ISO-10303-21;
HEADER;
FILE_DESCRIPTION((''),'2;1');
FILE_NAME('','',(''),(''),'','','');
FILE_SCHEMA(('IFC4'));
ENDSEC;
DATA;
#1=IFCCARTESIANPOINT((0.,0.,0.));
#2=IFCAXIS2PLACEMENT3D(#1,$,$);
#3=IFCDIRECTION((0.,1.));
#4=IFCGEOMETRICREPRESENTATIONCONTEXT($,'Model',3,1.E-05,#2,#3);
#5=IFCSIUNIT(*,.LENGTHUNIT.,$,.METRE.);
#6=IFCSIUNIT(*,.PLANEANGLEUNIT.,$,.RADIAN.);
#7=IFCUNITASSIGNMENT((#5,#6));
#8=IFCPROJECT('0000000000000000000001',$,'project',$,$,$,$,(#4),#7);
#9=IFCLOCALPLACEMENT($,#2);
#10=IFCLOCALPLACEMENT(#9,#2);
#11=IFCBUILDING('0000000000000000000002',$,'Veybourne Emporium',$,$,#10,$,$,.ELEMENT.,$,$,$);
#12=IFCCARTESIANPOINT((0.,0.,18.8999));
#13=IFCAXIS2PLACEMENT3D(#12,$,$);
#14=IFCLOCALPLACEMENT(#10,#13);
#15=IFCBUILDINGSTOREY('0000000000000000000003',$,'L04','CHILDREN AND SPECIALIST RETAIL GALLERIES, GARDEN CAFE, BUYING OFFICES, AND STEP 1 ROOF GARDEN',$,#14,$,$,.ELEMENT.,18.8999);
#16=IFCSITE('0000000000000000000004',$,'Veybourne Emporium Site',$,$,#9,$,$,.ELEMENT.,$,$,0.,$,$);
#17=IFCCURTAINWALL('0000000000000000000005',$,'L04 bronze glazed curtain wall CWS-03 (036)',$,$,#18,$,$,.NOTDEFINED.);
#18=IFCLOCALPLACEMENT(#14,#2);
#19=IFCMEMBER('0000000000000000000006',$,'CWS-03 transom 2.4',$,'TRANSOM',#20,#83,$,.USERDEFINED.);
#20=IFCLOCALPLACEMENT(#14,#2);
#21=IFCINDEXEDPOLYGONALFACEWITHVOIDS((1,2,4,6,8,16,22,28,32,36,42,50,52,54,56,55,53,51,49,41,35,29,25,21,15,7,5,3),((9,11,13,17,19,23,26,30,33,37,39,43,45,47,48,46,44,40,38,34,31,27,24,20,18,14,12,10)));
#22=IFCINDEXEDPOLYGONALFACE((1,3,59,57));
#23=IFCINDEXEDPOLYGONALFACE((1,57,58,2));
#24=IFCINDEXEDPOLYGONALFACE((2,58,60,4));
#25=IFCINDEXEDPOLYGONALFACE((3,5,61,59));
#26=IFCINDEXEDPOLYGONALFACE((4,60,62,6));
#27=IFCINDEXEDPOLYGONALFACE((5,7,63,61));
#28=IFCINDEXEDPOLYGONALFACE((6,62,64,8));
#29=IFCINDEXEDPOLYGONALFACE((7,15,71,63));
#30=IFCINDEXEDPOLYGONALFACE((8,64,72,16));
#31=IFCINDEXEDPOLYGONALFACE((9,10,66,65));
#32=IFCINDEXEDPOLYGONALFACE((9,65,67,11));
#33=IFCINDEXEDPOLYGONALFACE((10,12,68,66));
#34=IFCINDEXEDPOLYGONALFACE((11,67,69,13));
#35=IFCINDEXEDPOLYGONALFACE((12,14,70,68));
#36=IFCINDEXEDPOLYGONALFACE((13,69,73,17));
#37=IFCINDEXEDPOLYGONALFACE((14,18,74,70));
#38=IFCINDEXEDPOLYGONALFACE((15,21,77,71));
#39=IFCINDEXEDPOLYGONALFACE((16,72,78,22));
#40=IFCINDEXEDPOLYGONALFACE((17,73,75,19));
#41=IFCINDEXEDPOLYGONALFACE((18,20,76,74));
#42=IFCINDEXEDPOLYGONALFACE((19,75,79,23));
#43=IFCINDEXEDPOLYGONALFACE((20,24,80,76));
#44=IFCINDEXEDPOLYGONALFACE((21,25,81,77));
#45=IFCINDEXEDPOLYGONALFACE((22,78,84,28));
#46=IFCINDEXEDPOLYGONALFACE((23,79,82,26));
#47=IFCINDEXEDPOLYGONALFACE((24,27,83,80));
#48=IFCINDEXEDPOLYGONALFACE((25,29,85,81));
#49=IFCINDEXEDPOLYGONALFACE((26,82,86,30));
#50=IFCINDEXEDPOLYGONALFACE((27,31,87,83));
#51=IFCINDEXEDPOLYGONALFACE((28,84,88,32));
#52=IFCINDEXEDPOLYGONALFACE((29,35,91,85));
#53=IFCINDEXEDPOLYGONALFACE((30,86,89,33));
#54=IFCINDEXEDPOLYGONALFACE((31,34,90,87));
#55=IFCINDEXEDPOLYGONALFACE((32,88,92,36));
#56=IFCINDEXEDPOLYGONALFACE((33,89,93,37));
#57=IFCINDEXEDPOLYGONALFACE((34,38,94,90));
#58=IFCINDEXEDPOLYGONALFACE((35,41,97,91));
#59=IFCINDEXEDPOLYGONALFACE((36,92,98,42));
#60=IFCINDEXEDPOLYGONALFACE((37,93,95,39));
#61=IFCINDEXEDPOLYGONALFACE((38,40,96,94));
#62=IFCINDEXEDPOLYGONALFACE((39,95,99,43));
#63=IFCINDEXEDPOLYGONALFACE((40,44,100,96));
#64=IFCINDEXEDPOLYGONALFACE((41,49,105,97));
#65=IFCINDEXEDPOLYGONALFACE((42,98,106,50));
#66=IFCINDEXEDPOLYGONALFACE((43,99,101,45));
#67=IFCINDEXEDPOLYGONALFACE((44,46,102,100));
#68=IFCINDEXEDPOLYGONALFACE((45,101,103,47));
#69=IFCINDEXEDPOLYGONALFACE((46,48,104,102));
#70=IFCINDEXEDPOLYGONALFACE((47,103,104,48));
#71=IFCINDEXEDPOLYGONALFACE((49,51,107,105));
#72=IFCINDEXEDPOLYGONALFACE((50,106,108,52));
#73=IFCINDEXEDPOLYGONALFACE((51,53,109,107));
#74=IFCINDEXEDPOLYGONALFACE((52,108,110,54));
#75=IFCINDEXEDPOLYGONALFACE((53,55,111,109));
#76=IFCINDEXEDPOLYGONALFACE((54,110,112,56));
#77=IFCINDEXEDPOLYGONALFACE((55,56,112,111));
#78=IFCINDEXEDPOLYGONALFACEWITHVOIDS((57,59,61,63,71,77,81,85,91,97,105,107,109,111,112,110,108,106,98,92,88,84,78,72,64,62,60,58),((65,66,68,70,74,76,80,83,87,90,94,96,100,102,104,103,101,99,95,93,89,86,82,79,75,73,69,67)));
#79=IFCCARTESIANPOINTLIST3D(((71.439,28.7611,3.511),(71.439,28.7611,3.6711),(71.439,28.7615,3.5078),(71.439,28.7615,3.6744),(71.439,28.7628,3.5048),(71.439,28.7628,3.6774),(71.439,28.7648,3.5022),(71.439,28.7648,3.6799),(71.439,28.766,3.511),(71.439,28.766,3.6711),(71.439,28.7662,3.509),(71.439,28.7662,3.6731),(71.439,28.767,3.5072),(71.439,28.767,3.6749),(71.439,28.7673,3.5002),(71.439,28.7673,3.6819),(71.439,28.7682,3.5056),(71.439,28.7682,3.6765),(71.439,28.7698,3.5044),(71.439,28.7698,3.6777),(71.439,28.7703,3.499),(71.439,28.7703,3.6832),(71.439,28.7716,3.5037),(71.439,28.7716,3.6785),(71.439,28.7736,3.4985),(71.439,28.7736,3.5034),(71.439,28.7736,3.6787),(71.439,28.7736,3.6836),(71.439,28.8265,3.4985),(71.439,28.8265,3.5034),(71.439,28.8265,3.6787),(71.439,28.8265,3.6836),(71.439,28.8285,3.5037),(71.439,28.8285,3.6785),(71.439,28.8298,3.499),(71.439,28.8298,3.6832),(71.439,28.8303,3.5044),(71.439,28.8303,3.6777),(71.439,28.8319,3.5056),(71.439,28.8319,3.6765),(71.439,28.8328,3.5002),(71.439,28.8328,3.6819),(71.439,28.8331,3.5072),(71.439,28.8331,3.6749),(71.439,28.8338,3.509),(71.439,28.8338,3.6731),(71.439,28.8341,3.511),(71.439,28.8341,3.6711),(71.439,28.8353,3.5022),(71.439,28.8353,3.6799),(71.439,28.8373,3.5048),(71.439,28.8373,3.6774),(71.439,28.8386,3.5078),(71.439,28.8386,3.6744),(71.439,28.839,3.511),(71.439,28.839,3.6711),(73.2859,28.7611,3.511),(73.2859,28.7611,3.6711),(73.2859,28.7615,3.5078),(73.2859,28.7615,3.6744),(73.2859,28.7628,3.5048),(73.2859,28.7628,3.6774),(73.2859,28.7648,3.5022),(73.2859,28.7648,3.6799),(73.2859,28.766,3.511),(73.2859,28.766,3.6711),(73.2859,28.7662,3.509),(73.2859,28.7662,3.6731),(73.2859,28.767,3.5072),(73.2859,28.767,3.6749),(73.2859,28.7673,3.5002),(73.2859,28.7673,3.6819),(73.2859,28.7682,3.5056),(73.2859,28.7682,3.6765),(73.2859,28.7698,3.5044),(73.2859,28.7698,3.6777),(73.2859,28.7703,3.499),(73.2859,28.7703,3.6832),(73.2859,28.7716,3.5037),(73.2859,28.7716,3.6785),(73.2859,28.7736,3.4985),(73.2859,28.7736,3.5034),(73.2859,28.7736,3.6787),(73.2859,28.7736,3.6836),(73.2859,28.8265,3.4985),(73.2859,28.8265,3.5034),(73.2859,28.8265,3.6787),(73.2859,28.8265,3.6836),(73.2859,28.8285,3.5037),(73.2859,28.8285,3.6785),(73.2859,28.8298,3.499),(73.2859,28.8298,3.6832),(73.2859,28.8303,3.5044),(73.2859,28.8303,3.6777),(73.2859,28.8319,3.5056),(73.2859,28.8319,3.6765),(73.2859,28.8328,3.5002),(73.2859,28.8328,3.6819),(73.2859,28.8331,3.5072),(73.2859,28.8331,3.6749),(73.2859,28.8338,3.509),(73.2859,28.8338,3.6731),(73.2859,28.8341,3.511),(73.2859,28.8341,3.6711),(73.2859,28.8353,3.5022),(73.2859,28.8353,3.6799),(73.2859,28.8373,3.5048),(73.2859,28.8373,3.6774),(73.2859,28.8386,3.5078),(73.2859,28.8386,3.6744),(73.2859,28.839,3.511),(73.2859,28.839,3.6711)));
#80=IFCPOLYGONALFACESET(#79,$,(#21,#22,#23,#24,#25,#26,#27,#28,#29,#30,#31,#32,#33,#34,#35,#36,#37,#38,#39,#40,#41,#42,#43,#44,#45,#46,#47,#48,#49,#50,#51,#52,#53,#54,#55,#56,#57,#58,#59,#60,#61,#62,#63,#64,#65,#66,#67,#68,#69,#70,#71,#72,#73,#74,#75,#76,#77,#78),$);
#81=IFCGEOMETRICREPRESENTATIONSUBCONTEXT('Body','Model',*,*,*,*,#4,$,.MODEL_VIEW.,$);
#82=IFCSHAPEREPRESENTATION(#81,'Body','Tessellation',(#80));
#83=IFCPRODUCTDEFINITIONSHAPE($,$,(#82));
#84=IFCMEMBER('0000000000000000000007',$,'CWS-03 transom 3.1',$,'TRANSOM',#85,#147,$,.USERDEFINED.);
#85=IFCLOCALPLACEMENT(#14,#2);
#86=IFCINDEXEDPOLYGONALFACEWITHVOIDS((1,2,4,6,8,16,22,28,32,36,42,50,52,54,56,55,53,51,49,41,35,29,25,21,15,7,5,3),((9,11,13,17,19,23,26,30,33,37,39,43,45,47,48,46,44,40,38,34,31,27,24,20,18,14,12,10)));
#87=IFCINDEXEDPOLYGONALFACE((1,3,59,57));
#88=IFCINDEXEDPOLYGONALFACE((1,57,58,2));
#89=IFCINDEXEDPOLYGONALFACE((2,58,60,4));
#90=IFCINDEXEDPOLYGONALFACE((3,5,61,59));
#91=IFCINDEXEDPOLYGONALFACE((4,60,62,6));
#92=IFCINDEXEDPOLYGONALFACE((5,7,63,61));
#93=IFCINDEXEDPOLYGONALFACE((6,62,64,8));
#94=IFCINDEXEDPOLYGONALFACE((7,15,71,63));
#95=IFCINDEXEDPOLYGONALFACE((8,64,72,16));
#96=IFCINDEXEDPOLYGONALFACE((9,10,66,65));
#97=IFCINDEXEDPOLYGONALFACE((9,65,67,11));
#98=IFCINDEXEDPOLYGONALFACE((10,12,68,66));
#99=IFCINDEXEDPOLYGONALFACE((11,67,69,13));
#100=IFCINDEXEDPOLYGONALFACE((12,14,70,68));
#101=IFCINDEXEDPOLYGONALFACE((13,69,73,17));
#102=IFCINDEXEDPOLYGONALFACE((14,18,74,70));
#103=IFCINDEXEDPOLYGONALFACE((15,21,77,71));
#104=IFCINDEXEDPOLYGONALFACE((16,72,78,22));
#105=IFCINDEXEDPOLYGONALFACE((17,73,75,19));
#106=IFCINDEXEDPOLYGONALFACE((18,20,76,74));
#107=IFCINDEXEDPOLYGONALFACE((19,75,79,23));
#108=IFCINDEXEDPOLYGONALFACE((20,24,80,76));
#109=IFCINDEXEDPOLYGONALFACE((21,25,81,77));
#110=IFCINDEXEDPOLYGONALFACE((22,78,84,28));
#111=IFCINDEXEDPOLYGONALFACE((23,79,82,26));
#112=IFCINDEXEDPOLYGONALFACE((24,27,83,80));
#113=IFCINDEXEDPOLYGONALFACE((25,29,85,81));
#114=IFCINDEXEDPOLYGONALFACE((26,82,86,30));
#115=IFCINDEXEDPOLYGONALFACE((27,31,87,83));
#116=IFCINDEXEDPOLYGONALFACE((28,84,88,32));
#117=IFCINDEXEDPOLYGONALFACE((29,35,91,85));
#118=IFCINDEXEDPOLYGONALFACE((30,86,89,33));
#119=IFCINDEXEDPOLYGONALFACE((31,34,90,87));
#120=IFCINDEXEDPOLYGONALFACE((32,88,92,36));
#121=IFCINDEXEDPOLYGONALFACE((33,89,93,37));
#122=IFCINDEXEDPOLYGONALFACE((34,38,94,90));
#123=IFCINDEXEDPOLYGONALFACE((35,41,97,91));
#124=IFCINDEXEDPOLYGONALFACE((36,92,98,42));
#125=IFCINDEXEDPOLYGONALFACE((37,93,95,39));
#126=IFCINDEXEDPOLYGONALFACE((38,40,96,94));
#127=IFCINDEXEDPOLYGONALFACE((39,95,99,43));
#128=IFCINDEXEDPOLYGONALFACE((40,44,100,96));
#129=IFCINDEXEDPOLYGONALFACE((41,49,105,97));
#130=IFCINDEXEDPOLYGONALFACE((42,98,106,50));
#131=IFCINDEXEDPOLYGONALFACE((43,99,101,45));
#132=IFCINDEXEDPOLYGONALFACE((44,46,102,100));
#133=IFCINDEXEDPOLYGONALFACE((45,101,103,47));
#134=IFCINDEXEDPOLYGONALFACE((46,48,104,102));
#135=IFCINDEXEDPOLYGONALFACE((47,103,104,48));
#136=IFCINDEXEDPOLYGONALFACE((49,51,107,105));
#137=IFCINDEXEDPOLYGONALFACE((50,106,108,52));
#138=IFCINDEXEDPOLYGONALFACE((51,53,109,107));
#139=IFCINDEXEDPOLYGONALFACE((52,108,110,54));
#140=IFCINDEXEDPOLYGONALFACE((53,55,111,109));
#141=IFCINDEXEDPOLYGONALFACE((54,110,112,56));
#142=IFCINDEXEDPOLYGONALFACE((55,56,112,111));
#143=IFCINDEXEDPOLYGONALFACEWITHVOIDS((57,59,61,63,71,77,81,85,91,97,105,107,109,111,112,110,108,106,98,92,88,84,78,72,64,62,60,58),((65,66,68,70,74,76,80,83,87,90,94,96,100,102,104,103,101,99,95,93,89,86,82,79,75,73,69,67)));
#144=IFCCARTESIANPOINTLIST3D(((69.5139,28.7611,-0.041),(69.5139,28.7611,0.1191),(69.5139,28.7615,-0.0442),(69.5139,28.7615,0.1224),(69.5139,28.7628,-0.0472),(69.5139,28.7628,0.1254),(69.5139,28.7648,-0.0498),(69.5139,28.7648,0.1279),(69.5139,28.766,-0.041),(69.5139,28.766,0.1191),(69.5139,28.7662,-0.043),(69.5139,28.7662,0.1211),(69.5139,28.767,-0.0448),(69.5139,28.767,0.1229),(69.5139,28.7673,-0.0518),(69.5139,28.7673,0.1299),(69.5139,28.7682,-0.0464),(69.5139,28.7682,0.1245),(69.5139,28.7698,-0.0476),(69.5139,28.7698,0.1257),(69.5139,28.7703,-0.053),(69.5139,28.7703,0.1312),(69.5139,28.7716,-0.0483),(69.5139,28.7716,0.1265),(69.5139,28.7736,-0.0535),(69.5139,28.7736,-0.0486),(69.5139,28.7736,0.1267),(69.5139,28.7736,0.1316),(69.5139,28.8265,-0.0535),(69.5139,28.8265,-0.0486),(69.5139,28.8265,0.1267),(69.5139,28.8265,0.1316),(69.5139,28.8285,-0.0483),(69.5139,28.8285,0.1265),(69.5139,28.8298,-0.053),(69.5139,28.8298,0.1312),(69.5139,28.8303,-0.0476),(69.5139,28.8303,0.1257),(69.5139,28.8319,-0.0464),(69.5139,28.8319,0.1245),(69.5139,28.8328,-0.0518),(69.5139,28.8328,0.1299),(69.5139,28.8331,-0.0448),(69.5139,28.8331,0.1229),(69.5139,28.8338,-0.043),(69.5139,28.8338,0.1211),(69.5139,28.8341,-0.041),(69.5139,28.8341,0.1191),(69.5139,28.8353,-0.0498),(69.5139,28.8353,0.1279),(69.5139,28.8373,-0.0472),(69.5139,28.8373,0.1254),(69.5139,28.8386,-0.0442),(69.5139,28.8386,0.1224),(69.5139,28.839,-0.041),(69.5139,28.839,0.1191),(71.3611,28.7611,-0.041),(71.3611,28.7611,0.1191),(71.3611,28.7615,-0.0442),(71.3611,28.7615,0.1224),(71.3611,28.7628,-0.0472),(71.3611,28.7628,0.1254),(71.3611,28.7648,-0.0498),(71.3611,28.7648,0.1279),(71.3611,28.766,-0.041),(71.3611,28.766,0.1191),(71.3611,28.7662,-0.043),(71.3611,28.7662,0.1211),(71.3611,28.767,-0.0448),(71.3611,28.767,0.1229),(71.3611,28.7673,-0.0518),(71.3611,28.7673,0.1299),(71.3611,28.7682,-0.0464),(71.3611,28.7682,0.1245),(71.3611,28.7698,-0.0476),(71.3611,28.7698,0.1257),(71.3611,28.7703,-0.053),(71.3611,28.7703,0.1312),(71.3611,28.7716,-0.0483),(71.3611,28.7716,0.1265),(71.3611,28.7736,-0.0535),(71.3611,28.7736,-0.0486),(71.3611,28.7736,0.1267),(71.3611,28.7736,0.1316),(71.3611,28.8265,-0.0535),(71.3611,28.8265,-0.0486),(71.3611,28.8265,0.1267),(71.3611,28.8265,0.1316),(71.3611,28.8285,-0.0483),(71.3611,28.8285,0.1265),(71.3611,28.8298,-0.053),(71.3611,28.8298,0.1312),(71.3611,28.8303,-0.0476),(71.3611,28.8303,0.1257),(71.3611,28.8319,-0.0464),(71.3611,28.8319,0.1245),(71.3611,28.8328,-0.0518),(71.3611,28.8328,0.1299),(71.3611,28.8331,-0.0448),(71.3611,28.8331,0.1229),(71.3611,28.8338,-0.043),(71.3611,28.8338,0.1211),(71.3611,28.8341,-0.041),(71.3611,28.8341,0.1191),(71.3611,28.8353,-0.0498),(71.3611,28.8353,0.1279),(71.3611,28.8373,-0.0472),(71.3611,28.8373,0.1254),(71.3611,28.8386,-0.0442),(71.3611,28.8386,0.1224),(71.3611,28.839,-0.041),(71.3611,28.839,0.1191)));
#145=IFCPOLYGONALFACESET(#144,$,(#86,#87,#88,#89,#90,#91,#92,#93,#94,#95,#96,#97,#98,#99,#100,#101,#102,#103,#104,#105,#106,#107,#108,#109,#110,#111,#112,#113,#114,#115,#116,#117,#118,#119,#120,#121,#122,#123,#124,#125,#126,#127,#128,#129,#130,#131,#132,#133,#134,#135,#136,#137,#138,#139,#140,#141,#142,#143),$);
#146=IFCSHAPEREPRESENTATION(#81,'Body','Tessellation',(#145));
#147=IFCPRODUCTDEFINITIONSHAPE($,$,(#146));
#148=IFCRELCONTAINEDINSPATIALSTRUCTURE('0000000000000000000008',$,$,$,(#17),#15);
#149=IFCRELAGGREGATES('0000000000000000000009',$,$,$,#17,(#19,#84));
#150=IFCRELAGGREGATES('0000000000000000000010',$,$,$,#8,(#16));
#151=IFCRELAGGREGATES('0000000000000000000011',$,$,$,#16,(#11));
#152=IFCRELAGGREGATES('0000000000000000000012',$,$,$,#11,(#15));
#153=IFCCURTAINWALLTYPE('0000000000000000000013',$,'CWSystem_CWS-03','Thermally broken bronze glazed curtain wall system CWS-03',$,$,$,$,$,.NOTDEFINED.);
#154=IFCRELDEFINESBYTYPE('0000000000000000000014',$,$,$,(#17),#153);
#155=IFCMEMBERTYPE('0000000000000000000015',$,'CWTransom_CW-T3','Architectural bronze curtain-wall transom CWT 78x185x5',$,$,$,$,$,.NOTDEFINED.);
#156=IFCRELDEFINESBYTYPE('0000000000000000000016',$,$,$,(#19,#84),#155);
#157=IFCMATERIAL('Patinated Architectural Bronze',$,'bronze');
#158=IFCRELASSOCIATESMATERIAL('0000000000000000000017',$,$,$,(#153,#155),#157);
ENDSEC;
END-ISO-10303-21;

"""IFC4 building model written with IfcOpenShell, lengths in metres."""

from ifc_helpers import new_model, si_unit, direction, frame, origin, origin_2d, place, context, subcontext, project, spatial, hollow_rectangle, extrude, material, material_profile, profile_set, type_object, element, aggregate, save


model = new_model("IFC4")

# Units and contexts
model_context = context("Model", 3, precision=1e-05, world=origin(), true_north=direction((0.0, 1.0)))
body_context = subcontext(model_context, "Body", "Model", "MODEL_VIEW")
ifc_project = project(units=[si_unit("LENGTHUNIT", "METRE"), si_unit("PLANEANGLEUNIT", "RADIAN")], contexts=[model_context])

# Site, building, storey
site_placement = place(None, origin())
site = spatial("IfcSite", under=ifc_project, at=site_placement, Name="Veybourne Emporium Site", CompositionType="ELEMENT", RefElevation=0.0)
building_placement = place(site_placement, origin())
building = spatial("IfcBuilding", under=site, at=building_placement, Name="Veybourne Emporium", CompositionType="ELEMENT")
storey_placement = place(building_placement, frame((0.0, 0.0, 18.8999)))
storey = spatial("IfcBuildingStorey", under=building, at=storey_placement, Name="L04", Description="CHILDREN AND SPECIALIST RETAIL GALLERIES, GARDEN CAFE, BUYING OFFICES, AND STEP 1 ROOF GARDEN", CompositionType="ELEMENT", Elevation=18.8999)

# Curtain wall, members
ifc_material_1 = material(Name="Patinated Architectural Bronze", Category="bronze")
curtain_wall_type = type_object("IfcCurtainWallType", Name="CWSystem_CWS-03", Description="Thermally broken bronze glazed curtain wall system CWS-03", PredefinedType="NOTDEFINED", material=ifc_material_1)
curtain_wall_placement = place(storey_placement, origin())
curtain_wall = element("IfcCurtainWall", 1, at=curtain_wall_placement, inside=storey, type_object=curtain_wall_type, Name="L04 bronze glazed curtain wall CWS-03 (036)", PredefinedType="NOTDEFINED")
ifc_material_profile_1 = material_profile(ifc_material_1, hollow_rectangle(XDim=0.0779, YDim=0.1851, WallThickness=0.0049, InnerFilletRadius=0.0076, OuterFilletRadius=0.0125, at=origin_2d()), Name="CWT 78x185x5")
ifc_profile_set_1 = profile_set([ifc_material_profile_1], Name="Patinated Architectural Bronze")
member_type_1 = type_object("IfcMemberType", Name="CWTransom_CW-T3", Description="Architectural bronze curtain-wall transom CWT 78x185x5", PredefinedType="NOTDEFINED", material=ifc_profile_set_1)
member_1_placement = place(storey_placement, frame((73.2859, 28.8, 3.5911), z_axis=(-1.0, 0.0, 0.0), x_axis=(0.0, -1.0, 0.0)))
member_1 = element("IfcMember", 2, at=member_1_placement, type_object=member_type_1, Name="CWS-03 transom 2.4", ObjectType="TRANSOM", PredefinedType="USERDEFINED", context=body_context, shape_type="SweptSolid", body=[
    extrude(hollow_rectangle(XDim=0.0779, YDim=0.1851, WallThickness=0.0049, InnerFilletRadius=0.0076, OuterFilletRadius=0.0125, at=origin_2d()), origin(), (0.0, 0.0, 1.0), 1.8469),
])
member_2_placement = place(storey_placement, frame((71.3611, 28.8, 0.0391), z_axis=(-1.0, 0.0, 0.0), x_axis=(0.0, -1.0, 0.0)))
member_2 = element("IfcMember", 3, at=member_2_placement, type_object=member_type_1, Name="CWS-03 transom 3.1", ObjectType="TRANSOM", PredefinedType="USERDEFINED", context=body_context, shape_type="SweptSolid", body=[
    extrude(hollow_rectangle(XDim=0.0779, YDim=0.1851, WallThickness=0.0049, InnerFilletRadius=0.0076, OuterFilletRadius=0.0125, at=origin_2d()), origin(), (0.0, 0.0, 1.0), 1.8472),
])
aggregate(curtain_wall, [member_1, member_2])

save(model, "model.ifc")
